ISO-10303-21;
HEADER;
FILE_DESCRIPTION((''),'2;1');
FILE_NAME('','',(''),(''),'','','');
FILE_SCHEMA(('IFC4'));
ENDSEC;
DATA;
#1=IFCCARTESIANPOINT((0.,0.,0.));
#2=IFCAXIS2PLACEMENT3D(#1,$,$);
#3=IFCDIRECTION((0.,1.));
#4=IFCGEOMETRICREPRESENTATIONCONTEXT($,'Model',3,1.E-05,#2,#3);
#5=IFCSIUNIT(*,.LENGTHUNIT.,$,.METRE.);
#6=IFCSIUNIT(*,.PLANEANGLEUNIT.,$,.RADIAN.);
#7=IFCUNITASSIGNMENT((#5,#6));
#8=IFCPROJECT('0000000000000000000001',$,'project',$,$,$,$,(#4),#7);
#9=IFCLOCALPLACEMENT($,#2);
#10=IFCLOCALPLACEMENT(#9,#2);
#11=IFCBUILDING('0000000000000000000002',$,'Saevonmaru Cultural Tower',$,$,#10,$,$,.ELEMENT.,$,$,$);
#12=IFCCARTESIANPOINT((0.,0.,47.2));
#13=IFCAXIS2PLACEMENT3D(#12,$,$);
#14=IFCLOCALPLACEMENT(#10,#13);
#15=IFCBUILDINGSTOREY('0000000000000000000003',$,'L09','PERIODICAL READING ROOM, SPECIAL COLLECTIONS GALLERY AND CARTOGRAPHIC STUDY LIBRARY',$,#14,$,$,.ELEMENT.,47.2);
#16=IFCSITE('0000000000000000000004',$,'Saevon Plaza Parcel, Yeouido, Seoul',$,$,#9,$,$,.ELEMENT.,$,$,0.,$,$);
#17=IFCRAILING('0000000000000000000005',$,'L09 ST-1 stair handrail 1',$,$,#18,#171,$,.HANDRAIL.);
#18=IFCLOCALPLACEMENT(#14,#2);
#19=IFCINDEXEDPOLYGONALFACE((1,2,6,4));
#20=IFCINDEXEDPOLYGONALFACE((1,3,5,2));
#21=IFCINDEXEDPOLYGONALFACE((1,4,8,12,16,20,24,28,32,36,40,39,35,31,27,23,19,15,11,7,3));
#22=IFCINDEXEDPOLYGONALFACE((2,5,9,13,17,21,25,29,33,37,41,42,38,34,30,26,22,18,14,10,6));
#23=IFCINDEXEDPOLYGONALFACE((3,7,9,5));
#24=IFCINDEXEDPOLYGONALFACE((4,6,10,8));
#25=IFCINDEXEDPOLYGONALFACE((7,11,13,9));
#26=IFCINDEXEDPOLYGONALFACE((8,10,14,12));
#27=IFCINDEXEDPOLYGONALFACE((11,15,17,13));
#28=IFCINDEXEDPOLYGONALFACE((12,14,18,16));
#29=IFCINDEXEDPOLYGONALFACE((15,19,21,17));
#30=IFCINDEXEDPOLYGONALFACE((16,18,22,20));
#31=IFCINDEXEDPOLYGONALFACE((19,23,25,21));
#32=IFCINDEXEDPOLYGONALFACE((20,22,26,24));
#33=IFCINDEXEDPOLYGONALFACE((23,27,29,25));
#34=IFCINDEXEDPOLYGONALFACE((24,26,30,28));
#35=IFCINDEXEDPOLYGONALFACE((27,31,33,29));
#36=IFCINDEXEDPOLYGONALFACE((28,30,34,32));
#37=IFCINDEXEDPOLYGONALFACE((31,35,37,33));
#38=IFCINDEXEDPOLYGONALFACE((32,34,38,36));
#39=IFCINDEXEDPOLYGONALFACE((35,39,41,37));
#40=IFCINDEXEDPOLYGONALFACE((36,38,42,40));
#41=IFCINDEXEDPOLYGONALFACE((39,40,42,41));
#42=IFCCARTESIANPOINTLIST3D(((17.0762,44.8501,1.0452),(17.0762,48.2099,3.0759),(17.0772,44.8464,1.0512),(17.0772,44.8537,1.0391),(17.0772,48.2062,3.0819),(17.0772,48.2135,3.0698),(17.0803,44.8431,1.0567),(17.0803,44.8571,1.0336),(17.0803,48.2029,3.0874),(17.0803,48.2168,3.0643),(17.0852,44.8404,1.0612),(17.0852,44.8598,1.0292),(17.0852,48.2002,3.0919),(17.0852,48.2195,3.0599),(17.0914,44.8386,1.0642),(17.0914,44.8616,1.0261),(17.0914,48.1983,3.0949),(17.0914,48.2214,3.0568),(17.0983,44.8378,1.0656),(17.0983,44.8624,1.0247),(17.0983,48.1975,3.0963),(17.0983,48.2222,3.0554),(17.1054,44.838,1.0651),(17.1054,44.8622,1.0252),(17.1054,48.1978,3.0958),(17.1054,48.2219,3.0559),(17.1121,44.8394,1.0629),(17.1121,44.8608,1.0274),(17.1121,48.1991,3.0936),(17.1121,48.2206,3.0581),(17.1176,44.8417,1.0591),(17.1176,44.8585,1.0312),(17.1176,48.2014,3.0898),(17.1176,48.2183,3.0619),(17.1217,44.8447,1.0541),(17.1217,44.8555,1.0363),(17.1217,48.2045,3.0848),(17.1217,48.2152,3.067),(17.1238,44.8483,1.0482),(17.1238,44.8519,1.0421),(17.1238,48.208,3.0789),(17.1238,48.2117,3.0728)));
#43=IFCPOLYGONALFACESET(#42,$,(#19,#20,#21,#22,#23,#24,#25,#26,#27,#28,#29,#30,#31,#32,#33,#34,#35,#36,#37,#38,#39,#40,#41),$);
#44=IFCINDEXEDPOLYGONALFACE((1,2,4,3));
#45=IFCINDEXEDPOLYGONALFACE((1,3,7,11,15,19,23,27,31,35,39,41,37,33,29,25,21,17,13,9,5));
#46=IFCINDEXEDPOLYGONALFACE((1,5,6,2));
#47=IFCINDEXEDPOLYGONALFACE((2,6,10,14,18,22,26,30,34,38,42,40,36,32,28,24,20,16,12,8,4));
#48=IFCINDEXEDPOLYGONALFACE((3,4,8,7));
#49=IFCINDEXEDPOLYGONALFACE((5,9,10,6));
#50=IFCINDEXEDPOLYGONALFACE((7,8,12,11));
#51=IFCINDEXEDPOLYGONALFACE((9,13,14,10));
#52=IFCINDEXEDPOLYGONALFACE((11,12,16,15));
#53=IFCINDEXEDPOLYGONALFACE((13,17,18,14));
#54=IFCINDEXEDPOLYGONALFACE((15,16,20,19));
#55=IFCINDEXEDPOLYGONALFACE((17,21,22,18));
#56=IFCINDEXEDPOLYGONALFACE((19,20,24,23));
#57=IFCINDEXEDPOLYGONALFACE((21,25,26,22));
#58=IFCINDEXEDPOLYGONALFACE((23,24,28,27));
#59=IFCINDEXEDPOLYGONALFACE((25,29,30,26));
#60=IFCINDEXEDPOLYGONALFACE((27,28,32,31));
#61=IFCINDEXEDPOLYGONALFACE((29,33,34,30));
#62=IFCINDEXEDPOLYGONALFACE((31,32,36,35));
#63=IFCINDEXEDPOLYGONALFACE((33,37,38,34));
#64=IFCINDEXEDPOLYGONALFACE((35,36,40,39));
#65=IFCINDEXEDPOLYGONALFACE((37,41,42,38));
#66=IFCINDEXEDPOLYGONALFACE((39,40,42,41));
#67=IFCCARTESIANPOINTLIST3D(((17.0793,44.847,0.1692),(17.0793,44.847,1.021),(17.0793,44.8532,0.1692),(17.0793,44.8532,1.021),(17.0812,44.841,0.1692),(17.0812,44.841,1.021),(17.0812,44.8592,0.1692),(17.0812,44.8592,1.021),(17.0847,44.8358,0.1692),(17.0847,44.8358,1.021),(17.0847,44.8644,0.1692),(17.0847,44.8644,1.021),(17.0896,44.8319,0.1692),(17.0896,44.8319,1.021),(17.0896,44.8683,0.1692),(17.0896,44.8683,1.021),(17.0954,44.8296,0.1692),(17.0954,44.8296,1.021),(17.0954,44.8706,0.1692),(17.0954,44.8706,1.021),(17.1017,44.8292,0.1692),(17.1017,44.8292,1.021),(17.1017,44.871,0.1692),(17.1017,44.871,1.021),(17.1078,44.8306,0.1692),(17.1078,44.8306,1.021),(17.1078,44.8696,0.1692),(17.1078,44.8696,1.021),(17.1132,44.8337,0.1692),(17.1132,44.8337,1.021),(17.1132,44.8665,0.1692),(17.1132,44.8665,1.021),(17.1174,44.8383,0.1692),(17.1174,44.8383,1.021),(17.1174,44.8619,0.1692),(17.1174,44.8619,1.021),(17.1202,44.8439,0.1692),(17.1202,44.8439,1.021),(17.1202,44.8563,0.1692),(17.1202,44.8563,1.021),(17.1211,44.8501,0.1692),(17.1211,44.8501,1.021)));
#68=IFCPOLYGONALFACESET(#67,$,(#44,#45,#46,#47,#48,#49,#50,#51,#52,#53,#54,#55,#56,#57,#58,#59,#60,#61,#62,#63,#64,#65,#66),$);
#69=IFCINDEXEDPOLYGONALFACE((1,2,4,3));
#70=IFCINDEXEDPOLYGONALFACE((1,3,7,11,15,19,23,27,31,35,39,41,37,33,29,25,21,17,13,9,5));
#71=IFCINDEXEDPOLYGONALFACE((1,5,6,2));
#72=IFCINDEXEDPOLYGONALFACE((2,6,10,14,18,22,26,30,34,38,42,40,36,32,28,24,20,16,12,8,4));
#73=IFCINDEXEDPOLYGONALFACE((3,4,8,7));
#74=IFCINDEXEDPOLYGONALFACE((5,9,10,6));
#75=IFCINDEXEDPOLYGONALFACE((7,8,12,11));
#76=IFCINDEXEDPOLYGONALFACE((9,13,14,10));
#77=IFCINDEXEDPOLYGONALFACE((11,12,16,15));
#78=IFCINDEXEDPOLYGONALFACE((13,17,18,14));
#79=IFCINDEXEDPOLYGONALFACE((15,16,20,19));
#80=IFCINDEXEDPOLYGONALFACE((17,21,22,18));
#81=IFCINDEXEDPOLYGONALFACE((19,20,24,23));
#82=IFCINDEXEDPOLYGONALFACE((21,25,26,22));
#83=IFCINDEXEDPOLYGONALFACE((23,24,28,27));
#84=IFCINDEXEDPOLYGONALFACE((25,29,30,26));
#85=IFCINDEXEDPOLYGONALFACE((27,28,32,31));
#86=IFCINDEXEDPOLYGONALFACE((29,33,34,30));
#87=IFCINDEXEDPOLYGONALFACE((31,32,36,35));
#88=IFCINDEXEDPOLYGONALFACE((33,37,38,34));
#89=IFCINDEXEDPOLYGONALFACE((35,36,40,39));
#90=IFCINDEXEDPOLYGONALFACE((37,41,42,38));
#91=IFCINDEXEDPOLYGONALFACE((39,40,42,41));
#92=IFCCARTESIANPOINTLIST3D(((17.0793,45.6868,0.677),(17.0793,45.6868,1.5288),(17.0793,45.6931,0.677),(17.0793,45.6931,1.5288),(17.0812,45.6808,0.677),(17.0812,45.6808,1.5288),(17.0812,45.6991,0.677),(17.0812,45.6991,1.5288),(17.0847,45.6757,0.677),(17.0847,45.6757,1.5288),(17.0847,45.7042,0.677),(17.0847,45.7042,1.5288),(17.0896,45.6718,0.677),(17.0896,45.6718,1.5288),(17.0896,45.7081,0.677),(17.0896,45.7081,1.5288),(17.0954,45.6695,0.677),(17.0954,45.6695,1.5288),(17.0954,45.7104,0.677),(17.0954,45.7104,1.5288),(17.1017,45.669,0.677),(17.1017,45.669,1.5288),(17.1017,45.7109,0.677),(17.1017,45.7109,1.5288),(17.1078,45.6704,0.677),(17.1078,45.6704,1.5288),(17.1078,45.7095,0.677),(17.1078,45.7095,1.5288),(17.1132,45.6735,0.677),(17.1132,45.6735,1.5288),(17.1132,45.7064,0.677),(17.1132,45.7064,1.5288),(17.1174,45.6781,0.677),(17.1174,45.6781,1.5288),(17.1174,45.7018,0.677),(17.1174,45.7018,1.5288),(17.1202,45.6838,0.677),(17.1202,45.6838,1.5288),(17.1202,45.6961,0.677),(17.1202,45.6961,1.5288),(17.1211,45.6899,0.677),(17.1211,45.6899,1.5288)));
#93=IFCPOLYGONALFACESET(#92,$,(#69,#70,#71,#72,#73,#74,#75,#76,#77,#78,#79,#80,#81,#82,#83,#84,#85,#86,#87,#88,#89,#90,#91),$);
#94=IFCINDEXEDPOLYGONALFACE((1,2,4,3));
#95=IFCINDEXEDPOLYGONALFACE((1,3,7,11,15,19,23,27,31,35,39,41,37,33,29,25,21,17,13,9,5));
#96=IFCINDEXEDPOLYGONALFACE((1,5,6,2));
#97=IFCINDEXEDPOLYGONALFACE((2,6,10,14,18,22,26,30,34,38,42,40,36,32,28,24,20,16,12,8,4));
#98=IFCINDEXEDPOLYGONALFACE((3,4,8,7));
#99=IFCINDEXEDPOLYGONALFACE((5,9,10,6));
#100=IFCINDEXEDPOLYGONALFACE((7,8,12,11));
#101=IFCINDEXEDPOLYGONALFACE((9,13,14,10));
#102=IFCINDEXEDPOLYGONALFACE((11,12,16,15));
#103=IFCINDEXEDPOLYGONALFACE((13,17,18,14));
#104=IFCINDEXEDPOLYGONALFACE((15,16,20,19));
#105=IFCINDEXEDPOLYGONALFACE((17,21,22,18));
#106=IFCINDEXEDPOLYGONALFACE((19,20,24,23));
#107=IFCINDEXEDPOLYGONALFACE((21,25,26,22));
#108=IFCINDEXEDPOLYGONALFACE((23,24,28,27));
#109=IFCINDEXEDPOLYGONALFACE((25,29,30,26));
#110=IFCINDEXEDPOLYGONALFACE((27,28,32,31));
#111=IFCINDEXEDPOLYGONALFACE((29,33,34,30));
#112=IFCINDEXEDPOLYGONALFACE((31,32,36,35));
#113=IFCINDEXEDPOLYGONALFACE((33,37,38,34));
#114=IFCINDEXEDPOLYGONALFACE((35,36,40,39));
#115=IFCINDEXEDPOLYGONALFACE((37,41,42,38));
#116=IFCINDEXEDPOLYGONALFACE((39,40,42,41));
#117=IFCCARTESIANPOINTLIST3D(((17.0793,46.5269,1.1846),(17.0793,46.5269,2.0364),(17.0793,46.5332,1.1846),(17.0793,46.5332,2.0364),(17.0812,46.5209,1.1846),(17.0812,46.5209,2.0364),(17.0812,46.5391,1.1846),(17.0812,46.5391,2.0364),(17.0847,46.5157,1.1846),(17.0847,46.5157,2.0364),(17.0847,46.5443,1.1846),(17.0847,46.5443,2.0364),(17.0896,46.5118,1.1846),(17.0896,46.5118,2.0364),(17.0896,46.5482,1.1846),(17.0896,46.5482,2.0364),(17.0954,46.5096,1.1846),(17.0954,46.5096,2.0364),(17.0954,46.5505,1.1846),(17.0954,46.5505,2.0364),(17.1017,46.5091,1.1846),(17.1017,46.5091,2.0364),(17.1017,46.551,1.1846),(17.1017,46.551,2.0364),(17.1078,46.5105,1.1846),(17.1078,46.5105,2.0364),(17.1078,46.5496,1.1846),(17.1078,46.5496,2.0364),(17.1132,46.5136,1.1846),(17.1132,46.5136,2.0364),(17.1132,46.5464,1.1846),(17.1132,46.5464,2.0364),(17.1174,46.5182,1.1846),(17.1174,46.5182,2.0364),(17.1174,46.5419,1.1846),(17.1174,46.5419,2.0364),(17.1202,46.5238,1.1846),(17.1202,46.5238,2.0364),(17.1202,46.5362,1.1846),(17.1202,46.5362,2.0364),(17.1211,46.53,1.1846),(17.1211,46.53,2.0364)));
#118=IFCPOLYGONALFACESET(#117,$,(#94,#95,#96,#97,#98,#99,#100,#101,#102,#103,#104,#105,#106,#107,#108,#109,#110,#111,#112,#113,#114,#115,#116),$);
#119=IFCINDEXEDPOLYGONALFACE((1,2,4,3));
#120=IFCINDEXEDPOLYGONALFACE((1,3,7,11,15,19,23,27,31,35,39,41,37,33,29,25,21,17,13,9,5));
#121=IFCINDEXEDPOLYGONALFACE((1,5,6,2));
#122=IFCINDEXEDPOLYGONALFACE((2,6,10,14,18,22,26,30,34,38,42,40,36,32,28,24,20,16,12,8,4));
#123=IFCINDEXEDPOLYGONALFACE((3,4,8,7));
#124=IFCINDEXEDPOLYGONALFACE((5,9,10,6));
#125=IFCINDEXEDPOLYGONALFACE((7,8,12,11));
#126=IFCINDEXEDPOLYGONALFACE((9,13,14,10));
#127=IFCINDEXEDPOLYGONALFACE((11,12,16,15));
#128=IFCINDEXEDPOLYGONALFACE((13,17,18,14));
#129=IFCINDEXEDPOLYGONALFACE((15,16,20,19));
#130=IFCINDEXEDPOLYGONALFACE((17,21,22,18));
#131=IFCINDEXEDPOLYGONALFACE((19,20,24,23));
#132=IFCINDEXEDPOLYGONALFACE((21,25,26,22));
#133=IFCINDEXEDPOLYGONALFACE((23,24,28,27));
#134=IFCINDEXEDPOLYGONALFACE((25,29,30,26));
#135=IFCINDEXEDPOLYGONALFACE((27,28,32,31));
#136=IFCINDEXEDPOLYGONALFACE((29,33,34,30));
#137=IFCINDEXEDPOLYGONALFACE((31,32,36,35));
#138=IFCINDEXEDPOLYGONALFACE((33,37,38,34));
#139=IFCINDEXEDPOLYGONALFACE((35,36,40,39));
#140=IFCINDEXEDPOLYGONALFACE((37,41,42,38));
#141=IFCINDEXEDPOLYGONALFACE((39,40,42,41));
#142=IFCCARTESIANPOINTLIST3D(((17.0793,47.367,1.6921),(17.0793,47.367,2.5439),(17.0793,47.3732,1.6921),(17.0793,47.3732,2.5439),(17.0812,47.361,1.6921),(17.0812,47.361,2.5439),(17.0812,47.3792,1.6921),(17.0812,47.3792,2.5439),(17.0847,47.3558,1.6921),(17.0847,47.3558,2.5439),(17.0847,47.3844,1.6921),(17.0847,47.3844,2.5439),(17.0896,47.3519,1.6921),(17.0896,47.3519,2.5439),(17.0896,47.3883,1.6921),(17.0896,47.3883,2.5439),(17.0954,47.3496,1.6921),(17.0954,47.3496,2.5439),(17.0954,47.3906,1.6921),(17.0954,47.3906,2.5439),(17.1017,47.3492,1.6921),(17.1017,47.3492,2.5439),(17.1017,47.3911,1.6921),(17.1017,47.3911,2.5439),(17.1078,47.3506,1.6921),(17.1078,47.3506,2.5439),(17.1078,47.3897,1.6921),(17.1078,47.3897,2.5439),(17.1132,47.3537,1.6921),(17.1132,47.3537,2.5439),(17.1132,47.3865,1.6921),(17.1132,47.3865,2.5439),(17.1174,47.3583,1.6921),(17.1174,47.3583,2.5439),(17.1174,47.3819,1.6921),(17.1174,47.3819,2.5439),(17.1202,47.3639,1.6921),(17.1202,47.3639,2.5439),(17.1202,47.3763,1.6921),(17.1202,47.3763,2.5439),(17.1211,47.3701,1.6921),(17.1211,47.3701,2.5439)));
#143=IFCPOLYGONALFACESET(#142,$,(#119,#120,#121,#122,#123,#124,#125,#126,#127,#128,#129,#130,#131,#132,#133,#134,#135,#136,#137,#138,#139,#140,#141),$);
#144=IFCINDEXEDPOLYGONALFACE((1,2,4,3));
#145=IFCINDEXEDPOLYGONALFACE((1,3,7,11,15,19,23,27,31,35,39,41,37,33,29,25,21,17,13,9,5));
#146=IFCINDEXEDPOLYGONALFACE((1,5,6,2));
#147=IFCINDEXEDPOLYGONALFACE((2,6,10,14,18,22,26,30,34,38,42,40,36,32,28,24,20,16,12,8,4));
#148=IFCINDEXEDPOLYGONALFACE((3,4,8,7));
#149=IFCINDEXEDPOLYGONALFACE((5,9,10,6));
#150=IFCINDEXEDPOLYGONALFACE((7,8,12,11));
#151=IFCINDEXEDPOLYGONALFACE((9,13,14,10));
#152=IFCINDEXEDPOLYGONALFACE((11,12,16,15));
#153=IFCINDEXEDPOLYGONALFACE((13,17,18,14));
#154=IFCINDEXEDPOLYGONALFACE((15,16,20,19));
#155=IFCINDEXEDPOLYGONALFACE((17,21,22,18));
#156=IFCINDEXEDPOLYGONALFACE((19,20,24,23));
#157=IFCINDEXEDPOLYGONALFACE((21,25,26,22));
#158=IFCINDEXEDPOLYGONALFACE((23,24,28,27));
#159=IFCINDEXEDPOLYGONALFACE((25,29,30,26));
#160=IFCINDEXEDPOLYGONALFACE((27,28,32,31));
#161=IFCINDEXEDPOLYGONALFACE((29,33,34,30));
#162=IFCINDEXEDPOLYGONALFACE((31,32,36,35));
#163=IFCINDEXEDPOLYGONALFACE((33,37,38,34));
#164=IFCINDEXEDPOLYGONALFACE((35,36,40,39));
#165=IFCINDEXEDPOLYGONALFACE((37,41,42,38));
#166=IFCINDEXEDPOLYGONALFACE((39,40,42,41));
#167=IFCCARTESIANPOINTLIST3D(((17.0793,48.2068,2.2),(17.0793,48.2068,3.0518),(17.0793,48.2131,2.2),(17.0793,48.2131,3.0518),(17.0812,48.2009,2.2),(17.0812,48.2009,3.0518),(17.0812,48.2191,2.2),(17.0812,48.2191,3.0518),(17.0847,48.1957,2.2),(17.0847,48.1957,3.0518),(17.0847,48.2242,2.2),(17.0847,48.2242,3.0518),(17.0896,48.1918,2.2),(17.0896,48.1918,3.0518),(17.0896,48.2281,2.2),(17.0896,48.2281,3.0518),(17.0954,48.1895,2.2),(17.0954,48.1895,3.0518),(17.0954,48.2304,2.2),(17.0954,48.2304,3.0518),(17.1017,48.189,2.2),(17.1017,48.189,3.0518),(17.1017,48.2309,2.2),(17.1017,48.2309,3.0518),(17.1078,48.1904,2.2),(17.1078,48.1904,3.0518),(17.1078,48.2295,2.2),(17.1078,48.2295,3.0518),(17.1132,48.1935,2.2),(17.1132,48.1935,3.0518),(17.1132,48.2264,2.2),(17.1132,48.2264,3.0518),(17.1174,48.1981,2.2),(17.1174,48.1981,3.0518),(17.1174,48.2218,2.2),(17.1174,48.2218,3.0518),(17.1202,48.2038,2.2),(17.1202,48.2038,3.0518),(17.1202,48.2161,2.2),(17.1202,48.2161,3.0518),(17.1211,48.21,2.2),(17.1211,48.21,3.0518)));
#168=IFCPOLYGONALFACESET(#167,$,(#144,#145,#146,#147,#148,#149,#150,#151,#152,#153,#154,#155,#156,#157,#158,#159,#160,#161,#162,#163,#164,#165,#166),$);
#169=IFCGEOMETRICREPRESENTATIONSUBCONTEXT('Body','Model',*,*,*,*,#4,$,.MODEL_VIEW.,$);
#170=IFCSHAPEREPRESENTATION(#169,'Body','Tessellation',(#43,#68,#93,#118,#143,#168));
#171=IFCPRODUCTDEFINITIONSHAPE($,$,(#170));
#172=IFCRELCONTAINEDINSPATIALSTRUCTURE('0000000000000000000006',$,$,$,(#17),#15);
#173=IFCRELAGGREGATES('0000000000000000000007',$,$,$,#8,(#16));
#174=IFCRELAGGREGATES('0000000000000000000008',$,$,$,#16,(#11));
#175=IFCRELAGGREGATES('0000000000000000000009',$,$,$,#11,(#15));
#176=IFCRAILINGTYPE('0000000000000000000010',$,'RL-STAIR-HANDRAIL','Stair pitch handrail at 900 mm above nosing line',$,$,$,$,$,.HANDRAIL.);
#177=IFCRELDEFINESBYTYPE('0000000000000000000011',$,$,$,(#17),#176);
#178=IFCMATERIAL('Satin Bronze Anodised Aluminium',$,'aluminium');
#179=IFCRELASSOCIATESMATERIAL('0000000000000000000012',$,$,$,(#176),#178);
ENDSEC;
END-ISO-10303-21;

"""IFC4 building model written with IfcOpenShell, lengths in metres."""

from ifc_helpers import new_model, si_unit, direction, frame, origin, origin_2d, place, context, subcontext, project, spatial, circle, extrude, material, type_object, element, save


model = new_model("IFC4")

# Units and contexts
model_context = context("Model", 3, precision=1e-05, world=origin(), true_north=direction((0.0, 1.0)))
body_context = subcontext(model_context, "Body", "Model", "MODEL_VIEW")
ifc_project = project(units=[si_unit("LENGTHUNIT", "METRE"), si_unit("PLANEANGLEUNIT", "RADIAN")], contexts=[model_context])

# Site, building, storey
site_placement = place(None, origin())
site = spatial("IfcSite", under=ifc_project, at=site_placement, Name="Saevon Plaza Parcel, Yeouido, Seoul", CompositionType="ELEMENT", RefElevation=0.0)
building_placement = place(site_placement, origin())
building = spatial("IfcBuilding", under=site, at=building_placement, Name="Saevonmaru Cultural Tower", CompositionType="ELEMENT")
storey_placement = place(building_placement, frame((0.0, 0.0, 47.2)))
storey = spatial("IfcBuildingStorey", under=building, at=storey_placement, Name="L09", Description="PERIODICAL READING ROOM, SPECIAL COLLECTIONS GALLERY AND CARTOGRAPHIC STUDY LIBRARY", CompositionType="ELEMENT", Elevation=47.2)

# Shared definitions
ifc_material_1 = material(Name="Satin Bronze Anodised Aluminium", Category="aluminium")

# Railing
railing_type_1 = type_object("IfcRailingType", Name="RL-STAIR-HANDRAIL", Description="Stair pitch handrail at 900 mm above nosing line", PredefinedType="HANDRAIL", material=ifc_material_1)
railing_1_placement = place(storey_placement, frame((17.1001, 44.8501, 0.1692)))
element("IfcRailing", 1, at=railing_1_placement, inside=storey, type_object=railing_type_1, Name="L09 ST-1 stair handrail 1", PredefinedType="HANDRAIL", context=body_context, shape_type="SweptSolid", body=[
    extrude(circle(Radius=0.0239, at=origin_2d()), frame((0.0, 0.0, 0.876), z_axis=(0.0, 0.85582, 0.517273), x_axis=(-1.0, 0.0, 0.0)), (0.0, 0.0, 1.0), 3.9258),
    extrude(circle(Radius=0.021, at=origin_2d()), origin(), (0.0, 0.0, 1.0), 0.8518),
    extrude(circle(Radius=0.021, at=origin_2d()), frame((0.0, 0.8398, 0.5078)), (0.0, 0.0, 1.0), 0.8518),
    extrude(circle(Radius=0.021, at=origin_2d()), frame((0.0, 1.6799, 1.0154)), (0.0, 0.0, 1.0), 0.8518),
    extrude(circle(Radius=0.021, at=origin_2d()), frame((0.0, 2.52, 1.5229)), (0.0, 0.0, 1.0), 0.8518),
    extrude(circle(Radius=0.021, at=origin_2d()), frame((0.0, 3.3599, 2.0308)), (0.0, 0.0, 1.0), 0.8518),
])

save(model, "model.ifc")
